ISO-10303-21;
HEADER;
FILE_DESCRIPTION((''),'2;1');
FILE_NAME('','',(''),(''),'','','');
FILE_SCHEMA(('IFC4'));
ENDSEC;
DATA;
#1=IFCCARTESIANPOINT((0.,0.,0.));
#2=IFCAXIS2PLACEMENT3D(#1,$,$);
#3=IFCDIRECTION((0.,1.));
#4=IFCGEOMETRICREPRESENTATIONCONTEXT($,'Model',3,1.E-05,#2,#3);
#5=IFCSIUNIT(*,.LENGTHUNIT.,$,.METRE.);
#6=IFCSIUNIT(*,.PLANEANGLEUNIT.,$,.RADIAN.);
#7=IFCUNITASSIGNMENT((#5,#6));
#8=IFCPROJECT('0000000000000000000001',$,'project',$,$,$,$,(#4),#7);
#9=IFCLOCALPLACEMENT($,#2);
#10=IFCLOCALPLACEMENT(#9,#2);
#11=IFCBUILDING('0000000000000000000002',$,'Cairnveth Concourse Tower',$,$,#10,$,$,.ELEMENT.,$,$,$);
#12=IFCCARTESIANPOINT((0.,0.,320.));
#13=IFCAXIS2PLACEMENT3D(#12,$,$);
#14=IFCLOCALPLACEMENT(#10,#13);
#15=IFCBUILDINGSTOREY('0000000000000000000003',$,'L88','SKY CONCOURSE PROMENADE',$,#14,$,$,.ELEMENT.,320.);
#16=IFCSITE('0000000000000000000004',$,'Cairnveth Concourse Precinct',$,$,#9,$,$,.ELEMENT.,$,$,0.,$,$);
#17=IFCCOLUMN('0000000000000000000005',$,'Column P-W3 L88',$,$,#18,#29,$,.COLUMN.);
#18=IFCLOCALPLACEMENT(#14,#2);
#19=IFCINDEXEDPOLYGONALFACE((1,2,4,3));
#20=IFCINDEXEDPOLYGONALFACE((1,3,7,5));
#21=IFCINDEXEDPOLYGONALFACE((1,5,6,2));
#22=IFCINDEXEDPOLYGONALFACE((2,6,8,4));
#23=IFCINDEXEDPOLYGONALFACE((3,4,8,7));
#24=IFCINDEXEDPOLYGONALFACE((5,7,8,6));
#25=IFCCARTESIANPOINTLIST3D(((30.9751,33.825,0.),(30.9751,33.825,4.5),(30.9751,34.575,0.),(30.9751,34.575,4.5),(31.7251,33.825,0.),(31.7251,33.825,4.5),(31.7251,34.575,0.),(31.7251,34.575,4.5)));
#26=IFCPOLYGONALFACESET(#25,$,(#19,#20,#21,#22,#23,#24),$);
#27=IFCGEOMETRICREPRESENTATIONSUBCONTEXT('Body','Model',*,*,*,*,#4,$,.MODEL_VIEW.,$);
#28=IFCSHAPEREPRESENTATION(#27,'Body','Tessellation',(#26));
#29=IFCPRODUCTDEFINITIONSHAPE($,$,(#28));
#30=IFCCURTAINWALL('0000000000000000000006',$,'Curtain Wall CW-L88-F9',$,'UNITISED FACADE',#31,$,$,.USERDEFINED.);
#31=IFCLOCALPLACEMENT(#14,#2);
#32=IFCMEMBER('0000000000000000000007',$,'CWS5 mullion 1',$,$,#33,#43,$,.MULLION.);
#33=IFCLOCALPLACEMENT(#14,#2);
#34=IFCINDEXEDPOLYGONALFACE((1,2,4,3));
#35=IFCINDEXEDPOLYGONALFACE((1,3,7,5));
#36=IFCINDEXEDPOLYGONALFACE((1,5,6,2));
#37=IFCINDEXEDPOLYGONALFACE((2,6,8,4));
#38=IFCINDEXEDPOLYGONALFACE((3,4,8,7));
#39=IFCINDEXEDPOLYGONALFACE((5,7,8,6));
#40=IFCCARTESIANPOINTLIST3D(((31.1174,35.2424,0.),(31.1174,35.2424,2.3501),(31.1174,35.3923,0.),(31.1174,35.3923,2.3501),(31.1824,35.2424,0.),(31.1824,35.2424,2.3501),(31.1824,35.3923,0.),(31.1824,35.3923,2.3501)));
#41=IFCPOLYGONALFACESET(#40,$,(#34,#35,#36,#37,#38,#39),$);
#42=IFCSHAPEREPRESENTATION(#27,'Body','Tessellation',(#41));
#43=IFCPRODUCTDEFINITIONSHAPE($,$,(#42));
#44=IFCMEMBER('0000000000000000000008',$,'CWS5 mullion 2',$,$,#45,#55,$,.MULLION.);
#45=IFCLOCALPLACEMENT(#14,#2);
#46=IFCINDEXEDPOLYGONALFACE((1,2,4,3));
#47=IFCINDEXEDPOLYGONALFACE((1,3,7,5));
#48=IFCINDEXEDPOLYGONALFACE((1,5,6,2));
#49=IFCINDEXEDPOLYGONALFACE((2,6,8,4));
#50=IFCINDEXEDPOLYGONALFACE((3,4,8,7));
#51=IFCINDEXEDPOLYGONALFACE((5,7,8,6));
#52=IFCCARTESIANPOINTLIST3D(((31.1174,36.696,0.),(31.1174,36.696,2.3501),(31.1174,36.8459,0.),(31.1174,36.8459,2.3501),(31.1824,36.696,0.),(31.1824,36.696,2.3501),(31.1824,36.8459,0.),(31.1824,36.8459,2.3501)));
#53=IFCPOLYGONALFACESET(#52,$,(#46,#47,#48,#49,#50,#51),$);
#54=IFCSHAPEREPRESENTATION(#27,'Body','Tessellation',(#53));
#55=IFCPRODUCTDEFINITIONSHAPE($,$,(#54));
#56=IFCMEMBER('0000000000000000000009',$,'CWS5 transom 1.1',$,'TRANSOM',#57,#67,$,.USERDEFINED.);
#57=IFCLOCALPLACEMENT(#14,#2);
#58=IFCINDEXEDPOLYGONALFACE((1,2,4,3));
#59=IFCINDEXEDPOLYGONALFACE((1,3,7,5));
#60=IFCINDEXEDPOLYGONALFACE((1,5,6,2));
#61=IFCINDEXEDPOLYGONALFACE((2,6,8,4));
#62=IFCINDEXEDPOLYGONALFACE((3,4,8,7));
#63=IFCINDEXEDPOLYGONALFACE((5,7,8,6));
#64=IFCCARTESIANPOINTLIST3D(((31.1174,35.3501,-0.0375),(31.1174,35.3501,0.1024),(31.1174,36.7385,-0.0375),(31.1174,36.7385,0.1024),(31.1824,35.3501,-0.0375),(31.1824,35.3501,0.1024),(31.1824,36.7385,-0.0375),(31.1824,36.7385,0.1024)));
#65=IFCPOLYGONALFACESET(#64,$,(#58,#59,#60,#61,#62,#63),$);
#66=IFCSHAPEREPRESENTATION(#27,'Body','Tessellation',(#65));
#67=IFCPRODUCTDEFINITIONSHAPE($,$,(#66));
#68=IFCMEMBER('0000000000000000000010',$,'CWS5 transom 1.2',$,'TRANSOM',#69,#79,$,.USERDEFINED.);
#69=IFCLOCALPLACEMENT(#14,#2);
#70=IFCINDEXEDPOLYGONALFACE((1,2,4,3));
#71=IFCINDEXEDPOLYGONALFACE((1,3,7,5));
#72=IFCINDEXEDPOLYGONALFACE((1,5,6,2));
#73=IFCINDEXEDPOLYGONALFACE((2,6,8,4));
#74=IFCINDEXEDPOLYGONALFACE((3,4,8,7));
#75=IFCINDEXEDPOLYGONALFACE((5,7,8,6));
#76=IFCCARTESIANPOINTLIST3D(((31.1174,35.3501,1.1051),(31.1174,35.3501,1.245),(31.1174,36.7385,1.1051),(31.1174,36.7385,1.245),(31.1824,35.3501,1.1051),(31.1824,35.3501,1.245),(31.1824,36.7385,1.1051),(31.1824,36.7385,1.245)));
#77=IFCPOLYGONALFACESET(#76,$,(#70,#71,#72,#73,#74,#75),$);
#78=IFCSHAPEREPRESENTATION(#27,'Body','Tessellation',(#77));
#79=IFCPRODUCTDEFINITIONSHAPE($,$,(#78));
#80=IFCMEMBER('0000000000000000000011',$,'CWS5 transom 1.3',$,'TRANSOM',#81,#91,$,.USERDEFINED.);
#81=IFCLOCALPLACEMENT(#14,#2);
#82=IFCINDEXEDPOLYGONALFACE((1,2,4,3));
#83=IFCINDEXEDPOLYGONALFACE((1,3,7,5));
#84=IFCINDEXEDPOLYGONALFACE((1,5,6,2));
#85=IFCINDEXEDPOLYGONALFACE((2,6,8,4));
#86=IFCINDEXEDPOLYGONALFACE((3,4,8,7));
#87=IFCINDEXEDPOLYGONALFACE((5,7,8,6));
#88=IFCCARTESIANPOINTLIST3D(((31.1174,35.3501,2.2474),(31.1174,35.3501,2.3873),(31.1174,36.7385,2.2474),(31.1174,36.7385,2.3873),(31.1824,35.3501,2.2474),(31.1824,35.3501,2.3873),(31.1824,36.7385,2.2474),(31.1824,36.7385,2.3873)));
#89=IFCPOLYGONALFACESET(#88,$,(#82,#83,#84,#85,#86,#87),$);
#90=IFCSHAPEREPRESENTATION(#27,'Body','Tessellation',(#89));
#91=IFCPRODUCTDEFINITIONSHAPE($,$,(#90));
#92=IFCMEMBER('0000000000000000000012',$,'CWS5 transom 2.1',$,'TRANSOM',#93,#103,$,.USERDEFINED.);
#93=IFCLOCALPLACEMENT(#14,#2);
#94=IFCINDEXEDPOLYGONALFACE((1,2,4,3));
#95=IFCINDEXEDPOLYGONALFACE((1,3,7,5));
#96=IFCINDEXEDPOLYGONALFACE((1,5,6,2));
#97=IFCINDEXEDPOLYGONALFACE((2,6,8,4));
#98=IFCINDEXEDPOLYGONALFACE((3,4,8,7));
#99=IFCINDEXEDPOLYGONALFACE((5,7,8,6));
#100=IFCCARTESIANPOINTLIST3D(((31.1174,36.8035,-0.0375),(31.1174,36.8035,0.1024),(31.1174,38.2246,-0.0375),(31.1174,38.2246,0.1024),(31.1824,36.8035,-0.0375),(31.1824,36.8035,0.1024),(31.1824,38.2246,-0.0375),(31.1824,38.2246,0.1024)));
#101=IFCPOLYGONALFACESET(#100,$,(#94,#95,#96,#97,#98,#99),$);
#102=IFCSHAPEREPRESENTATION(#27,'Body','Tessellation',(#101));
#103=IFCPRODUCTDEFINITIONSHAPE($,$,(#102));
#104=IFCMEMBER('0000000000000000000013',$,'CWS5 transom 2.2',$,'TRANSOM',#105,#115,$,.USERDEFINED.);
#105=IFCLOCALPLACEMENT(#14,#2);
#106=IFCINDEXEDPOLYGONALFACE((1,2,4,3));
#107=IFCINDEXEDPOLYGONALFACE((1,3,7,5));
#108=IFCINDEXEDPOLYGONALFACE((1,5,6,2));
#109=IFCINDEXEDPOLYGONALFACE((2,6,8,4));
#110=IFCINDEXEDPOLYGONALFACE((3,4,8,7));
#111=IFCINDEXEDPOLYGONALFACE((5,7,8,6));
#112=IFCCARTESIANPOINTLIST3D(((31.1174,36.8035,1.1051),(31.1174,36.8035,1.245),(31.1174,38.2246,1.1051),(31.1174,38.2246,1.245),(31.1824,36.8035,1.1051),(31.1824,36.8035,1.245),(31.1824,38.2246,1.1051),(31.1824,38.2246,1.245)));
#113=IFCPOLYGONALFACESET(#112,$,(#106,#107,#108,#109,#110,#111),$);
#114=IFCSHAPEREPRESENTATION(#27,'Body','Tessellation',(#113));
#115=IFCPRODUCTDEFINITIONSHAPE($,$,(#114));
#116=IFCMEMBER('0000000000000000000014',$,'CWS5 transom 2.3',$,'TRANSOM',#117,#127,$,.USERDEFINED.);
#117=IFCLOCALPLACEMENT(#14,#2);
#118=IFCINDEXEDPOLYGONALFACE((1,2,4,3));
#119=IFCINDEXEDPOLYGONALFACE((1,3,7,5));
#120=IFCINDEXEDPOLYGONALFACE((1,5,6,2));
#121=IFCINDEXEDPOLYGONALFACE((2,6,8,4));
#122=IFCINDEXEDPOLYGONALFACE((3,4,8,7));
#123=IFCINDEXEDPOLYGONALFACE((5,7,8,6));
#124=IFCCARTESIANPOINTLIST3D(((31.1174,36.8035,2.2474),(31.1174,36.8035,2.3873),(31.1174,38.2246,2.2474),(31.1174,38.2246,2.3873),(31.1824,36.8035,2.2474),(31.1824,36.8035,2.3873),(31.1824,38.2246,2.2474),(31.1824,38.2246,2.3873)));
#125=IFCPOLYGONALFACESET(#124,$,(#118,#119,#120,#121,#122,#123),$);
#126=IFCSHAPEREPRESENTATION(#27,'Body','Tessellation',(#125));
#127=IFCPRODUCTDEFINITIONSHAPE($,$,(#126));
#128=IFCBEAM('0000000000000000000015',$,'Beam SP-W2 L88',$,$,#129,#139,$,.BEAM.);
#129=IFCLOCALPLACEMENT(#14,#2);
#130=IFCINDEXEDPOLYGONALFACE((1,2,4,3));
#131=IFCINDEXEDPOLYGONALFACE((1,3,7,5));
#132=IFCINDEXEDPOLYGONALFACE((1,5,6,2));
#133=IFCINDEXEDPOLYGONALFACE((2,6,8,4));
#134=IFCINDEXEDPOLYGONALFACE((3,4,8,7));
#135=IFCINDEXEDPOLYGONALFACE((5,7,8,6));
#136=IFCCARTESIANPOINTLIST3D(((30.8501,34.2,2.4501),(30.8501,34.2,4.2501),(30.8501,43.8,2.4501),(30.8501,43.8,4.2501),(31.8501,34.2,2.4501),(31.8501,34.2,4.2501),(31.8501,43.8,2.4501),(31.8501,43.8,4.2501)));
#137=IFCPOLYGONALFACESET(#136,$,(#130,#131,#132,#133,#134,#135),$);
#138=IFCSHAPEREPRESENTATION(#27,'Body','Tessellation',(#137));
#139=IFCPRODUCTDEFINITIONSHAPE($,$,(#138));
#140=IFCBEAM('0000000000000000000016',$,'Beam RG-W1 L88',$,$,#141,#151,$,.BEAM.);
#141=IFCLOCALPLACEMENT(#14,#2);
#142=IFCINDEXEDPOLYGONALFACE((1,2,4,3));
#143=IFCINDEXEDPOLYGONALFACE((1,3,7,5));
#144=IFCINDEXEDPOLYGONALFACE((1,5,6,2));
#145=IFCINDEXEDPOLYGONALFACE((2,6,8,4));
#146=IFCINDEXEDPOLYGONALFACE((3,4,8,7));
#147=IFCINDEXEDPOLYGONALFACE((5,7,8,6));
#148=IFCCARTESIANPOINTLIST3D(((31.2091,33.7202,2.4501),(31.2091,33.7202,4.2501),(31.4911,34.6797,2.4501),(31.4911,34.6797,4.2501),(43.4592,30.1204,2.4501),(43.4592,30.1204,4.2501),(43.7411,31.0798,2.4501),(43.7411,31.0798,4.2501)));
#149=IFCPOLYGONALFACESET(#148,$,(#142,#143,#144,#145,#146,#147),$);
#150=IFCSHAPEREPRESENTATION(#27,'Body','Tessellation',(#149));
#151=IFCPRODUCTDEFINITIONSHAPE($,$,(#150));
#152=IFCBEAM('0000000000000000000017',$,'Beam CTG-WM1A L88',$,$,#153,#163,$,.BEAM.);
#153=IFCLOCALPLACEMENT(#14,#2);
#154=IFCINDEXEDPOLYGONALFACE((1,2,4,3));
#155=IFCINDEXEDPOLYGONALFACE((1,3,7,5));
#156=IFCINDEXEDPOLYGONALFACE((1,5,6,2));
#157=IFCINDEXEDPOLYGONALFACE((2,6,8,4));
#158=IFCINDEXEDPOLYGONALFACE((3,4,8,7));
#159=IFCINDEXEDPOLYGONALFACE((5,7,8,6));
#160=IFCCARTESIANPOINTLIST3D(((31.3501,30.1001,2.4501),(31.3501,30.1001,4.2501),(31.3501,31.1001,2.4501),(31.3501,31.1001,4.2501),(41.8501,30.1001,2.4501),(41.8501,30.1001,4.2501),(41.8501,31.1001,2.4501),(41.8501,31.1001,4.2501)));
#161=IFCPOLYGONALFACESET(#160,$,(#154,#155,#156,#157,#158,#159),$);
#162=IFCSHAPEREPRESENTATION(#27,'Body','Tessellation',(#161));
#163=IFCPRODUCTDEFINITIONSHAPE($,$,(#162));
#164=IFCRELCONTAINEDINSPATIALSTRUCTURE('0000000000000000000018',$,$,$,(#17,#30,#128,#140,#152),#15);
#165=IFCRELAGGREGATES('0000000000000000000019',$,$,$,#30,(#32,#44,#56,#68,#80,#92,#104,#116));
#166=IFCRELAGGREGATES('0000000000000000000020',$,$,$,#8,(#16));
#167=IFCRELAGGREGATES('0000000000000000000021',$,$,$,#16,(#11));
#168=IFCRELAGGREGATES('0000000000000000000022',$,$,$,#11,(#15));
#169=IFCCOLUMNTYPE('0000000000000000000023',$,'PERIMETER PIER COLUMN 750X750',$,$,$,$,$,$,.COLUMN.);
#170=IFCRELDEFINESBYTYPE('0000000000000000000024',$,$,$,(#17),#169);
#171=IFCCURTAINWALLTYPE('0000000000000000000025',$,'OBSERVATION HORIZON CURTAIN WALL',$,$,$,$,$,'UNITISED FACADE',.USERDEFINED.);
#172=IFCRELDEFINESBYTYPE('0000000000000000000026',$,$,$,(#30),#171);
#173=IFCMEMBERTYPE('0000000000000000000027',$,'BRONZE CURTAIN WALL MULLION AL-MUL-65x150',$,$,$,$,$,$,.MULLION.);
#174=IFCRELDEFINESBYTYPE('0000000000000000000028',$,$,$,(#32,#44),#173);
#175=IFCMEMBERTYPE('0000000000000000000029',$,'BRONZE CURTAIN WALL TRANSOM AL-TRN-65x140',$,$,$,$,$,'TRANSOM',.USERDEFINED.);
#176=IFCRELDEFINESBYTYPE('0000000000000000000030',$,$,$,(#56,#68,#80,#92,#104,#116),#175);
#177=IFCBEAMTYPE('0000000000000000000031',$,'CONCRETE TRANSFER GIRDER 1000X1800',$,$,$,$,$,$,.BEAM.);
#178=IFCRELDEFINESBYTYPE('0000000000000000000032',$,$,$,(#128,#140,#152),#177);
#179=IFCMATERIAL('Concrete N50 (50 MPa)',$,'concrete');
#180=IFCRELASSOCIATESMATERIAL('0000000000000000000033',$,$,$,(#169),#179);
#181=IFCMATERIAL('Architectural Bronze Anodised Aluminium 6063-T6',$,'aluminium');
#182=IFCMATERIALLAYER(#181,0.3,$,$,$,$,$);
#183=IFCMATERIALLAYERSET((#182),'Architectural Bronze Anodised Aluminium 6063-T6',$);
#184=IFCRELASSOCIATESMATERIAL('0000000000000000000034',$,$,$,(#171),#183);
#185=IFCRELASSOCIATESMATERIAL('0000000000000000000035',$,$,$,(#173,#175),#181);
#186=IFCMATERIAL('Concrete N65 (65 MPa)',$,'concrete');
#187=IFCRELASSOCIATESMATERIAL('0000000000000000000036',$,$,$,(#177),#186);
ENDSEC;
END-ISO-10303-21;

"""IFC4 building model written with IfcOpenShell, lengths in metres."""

from ifc_helpers import new_model, si_unit, direction, frame, origin, origin_2d, place, context, subcontext, project, spatial, rectangle, extrude, material, layer, layer_set, material_profile, profile_set, type_object, element, aggregate, save


model = new_model("IFC4")

# Units and contexts
model_context = context("Model", 3, precision=1e-05, world=origin(), true_north=direction((0.0, 1.0)))
body_context = subcontext(model_context, "Body", "Model", "MODEL_VIEW")
ifc_project = project(units=[si_unit("LENGTHUNIT", "METRE"), si_unit("PLANEANGLEUNIT", "RADIAN")], contexts=[model_context])

# Site, building, storey
site_placement = place(None, origin())
site = spatial("IfcSite", under=ifc_project, at=site_placement, Name="Cairnveth Concourse Precinct", CompositionType="ELEMENT", RefElevation=0.0)
building_placement = place(site_placement, origin())
building = spatial("IfcBuilding", under=site, at=building_placement, Name="Cairnveth Concourse Tower", CompositionType="ELEMENT")
storey_placement = place(building_placement, frame((0.0, 0.0, 320.0)))
storey = spatial("IfcBuildingStorey", under=building, at=storey_placement, Name="L88", Description="SKY CONCOURSE PROMENADE", CompositionType="ELEMENT", Elevation=320.0)

# Column
ifc_material_1 = material(Name="Concrete N50 (50 MPa)", Category="concrete")
ifc_material_profile_1 = material_profile(ifc_material_1, rectangle(XDim=0.75, YDim=0.75, at=origin_2d()), Name="RC-COL-750x750")
ifc_profile_set_1 = profile_set([ifc_material_profile_1], Name="Concrete N50 (50 MPa)")
column_type = type_object("IfcColumnType", Name="PERIMETER PIER COLUMN 750X750", PredefinedType="COLUMN", material=ifc_profile_set_1)
column_placement = place(storey_placement, frame((31.3501, 34.2, 0.0), z_axis=(0.0, 0.0, 1.0), x_axis=(0.0, 1.0, 0.0)))
element("IfcColumn", 1, at=column_placement, inside=storey, type_object=column_type, Name="Column P-W3 L88", PredefinedType="COLUMN", context=body_context, shape_type="SweptSolid", body=[
    extrude(rectangle(XDim=0.75, YDim=0.75, at=origin_2d()), origin(), (0.0, 0.0, 1.0), 4.5),
])

# Curtain wall, members
ifc_material_2 = material(Name="Architectural Bronze Anodised Aluminium 6063-T6", Category="aluminium")
ifc_layer_1 = layer(ifc_material_2, 0.3)
ifc_layer_set_1 = layer_set([ifc_layer_1], Name="Architectural Bronze Anodised Aluminium 6063-T6")
curtain_wall_type = type_object("IfcCurtainWallType", Name="OBSERVATION HORIZON CURTAIN WALL", ElementType="UNITISED FACADE", PredefinedType="USERDEFINED", material=ifc_layer_set_1)
curtain_wall_placement = place(storey_placement, origin())
curtain_wall = element("IfcCurtainWall", 2, at=curtain_wall_placement, inside=storey, type_object=curtain_wall_type, Name="Curtain Wall CW-L88-F9", ObjectType="UNITISED FACADE", PredefinedType="USERDEFINED")
ifc_material_profile_2 = material_profile(ifc_material_2, rectangle(XDim=0.0649, YDim=0.1499, at=origin_2d()), Name="AL-MUL-65x150")
ifc_profile_set_2 = profile_set([ifc_material_profile_2], Name="Architectural Bronze Anodised Aluminium 6063-T6")
member_type_1 = type_object("IfcMemberType", Name="BRONZE CURTAIN WALL MULLION AL-MUL-65x150", PredefinedType="MULLION", material=ifc_profile_set_2)
member_1_placement = place(storey_placement, frame((31.1499, 35.3174, 0.0), z_axis=(0.0, 0.0, 1.0), x_axis=(-1.0, 0.0, 0.0)))
member_1 = element("IfcMember", 3, at=member_1_placement, type_object=member_type_1, Name="CWS5 mullion 1", PredefinedType="MULLION", context=body_context, shape_type="SweptSolid", body=[
    extrude(rectangle(XDim=0.0649, YDim=0.1499, at=origin_2d()), origin(), (0.0, 0.0, 1.0), 2.3501),
])
member_2_placement = place(storey_placement, frame((31.1499, 36.771, 0.0), z_axis=(0.0, 0.0, 1.0), x_axis=(-1.0, 0.0, 0.0)))
member_2 = element("IfcMember", 4, at=member_2_placement, type_object=member_type_1, Name="CWS5 mullion 2", PredefinedType="MULLION", context=body_context, shape_type="SweptSolid", body=[
    extrude(rectangle(XDim=0.0649, YDim=0.1499, at=origin_2d()), origin(), (0.0, 0.0, 1.0), 2.3501),
])
ifc_material_profile_3 = material_profile(ifc_material_2, rectangle(XDim=0.0649, YDim=0.1399, at=origin_2d()), Name="AL-TRN-65x140")
ifc_profile_set_3 = profile_set([ifc_material_profile_3], Name="Architectural Bronze Anodised Aluminium 6063-T6")
member_type_2 = type_object("IfcMemberType", Name="BRONZE CURTAIN WALL TRANSOM AL-TRN-65x140", ElementType="TRANSOM", PredefinedType="USERDEFINED", material=ifc_profile_set_3)
member_3_placement = place(storey_placement, frame((31.1499, 35.3501, 0.0325), z_axis=(0.0, 1.0, 0.0), x_axis=(-1.0, 0.0, 0.0)))
member_3 = element("IfcMember", 5, at=member_3_placement, type_object=member_type_2, Name="CWS5 transom 1.1", ObjectType="TRANSOM", PredefinedType="USERDEFINED", context=body_context, shape_type="SweptSolid", body=[
    extrude(rectangle(XDim=0.0649, YDim=0.1399, at=origin_2d()), origin(), (0.0, 0.0, 1.0), 1.3884),
])
member_4_placement = place(storey_placement, frame((31.1499, 35.3501, 1.175), z_axis=(0.0, 1.0, 0.0), x_axis=(-1.0, 0.0, 0.0)))
member_4 = element("IfcMember", 6, at=member_4_placement, type_object=member_type_2, Name="CWS5 transom 1.2", ObjectType="TRANSOM", PredefinedType="USERDEFINED", context=body_context, shape_type="SweptSolid", body=[
    extrude(rectangle(XDim=0.0649, YDim=0.1399, at=origin_2d()), origin(), (0.0, 0.0, 1.0), 1.3884),
])
member_5_placement = place(storey_placement, frame((31.1499, 35.3501, 2.3174), z_axis=(0.0, 1.0, 0.0), x_axis=(-1.0, 0.0, 0.0)))
member_5 = element("IfcMember", 7, at=member_5_placement, type_object=member_type_2, Name="CWS5 transom 1.3", ObjectType="TRANSOM", PredefinedType="USERDEFINED", context=body_context, shape_type="SweptSolid", body=[
    extrude(rectangle(XDim=0.0649, YDim=0.1399, at=origin_2d()), origin(), (0.0, 0.0, 1.0), 1.3884),
])
member_6_placement = place(storey_placement, frame((31.1499, 36.8035, 0.0325), z_axis=(0.0, 1.0, 0.0), x_axis=(-1.0, 0.0, 0.0)))
member_6 = element("IfcMember", 8, at=member_6_placement, type_object=member_type_2, Name="CWS5 transom 2.1", ObjectType="TRANSOM", PredefinedType="USERDEFINED", context=body_context, shape_type="SweptSolid", body=[
    extrude(rectangle(XDim=0.0649, YDim=0.1399, at=origin_2d()), origin(), (0.0, 0.0, 1.0), 1.4211),
])
member_7_placement = place(storey_placement, frame((31.1499, 36.8035, 1.175), z_axis=(0.0, 1.0, 0.0), x_axis=(-1.0, 0.0, 0.0)))
member_7 = element("IfcMember", 9, at=member_7_placement, type_object=member_type_2, Name="CWS5 transom 2.2", ObjectType="TRANSOM", PredefinedType="USERDEFINED", context=body_context, shape_type="SweptSolid", body=[
    extrude(rectangle(XDim=0.0649, YDim=0.1399, at=origin_2d()), origin(), (0.0, 0.0, 1.0), 1.4211),
])
member_8_placement = place(storey_placement, frame((31.1499, 36.8035, 2.3174), z_axis=(0.0, 1.0, 0.0), x_axis=(-1.0, 0.0, 0.0)))
member_8 = element("IfcMember", 10, at=member_8_placement, type_object=member_type_2, Name="CWS5 transom 2.3", ObjectType="TRANSOM", PredefinedType="USERDEFINED", context=body_context, shape_type="SweptSolid", body=[
    extrude(rectangle(XDim=0.0649, YDim=0.1399, at=origin_2d()), origin(), (0.0, 0.0, 1.0), 1.4211),
])

# Beams
ifc_material_3 = material(Name="Concrete N65 (65 MPa)", Category="concrete")
ifc_material_profile_4 = material_profile(ifc_material_3, rectangle(XDim=1.0, YDim=1.8, at=origin_2d()), Name="RC-TB-1000x1800")
ifc_profile_set_4 = profile_set([ifc_material_profile_4], Name="Concrete N65 (65 MPa)")
beam_type_1 = type_object("IfcBeamType", Name="CONCRETE TRANSFER GIRDER 1000X1800", PredefinedType="BEAM", material=ifc_profile_set_4)
beam_1_placement = place(storey_placement, frame((31.3501, 34.2, 3.3501), z_axis=(0.0, 1.0, 0.0), x_axis=(-1.0, 0.0, 0.0)))
element("IfcBeam", 11, at=beam_1_placement, inside=storey, type_object=beam_type_1, Name="Beam SP-W2 L88", PredefinedType="BEAM", context=body_context, shape_type="SweptSolid", body=[
    extrude(rectangle(XDim=1.0, YDim=1.8, at=origin_2d()), origin(), (0.0, 0.0, 1.0), 9.6001),
])
beam_2_placement = place(storey_placement, frame((31.3501, 34.2, 3.3501), z_axis=(0.959431, -0.281944, 0.0), x_axis=(0.281944, 0.959431, 0.0)))
element("IfcBeam", 12, at=beam_2_placement, inside=storey, type_object=beam_type_1, Name="Beam RG-W1 L88", PredefinedType="BEAM", context=body_context, shape_type="SweptSolid", body=[
    extrude(rectangle(XDim=1.0, YDim=1.8, at=origin_2d()), origin(), (0.0, 0.0, 1.0), 12.7681),
])
beam_3_placement = place(storey_placement, frame((31.3501, 30.6001, 3.3501), z_axis=(1.0, 0.0, 0.0), x_axis=(0.0, 1.0, 0.0)))
element("IfcBeam", 13, at=beam_3_placement, inside=storey, type_object=beam_type_1, Name="Beam CTG-WM1A L88", PredefinedType="BEAM", context=body_context, shape_type="SweptSolid", body=[
    extrude(rectangle(XDim=1.0, YDim=1.8, at=origin_2d()), origin(), (0.0, 0.0, 1.0), 10.5),
])

aggregate(curtain_wall, [member_1, member_2, member_3, member_4, member_5, member_6, member_7, member_8])

save(model, "model.ifc")
